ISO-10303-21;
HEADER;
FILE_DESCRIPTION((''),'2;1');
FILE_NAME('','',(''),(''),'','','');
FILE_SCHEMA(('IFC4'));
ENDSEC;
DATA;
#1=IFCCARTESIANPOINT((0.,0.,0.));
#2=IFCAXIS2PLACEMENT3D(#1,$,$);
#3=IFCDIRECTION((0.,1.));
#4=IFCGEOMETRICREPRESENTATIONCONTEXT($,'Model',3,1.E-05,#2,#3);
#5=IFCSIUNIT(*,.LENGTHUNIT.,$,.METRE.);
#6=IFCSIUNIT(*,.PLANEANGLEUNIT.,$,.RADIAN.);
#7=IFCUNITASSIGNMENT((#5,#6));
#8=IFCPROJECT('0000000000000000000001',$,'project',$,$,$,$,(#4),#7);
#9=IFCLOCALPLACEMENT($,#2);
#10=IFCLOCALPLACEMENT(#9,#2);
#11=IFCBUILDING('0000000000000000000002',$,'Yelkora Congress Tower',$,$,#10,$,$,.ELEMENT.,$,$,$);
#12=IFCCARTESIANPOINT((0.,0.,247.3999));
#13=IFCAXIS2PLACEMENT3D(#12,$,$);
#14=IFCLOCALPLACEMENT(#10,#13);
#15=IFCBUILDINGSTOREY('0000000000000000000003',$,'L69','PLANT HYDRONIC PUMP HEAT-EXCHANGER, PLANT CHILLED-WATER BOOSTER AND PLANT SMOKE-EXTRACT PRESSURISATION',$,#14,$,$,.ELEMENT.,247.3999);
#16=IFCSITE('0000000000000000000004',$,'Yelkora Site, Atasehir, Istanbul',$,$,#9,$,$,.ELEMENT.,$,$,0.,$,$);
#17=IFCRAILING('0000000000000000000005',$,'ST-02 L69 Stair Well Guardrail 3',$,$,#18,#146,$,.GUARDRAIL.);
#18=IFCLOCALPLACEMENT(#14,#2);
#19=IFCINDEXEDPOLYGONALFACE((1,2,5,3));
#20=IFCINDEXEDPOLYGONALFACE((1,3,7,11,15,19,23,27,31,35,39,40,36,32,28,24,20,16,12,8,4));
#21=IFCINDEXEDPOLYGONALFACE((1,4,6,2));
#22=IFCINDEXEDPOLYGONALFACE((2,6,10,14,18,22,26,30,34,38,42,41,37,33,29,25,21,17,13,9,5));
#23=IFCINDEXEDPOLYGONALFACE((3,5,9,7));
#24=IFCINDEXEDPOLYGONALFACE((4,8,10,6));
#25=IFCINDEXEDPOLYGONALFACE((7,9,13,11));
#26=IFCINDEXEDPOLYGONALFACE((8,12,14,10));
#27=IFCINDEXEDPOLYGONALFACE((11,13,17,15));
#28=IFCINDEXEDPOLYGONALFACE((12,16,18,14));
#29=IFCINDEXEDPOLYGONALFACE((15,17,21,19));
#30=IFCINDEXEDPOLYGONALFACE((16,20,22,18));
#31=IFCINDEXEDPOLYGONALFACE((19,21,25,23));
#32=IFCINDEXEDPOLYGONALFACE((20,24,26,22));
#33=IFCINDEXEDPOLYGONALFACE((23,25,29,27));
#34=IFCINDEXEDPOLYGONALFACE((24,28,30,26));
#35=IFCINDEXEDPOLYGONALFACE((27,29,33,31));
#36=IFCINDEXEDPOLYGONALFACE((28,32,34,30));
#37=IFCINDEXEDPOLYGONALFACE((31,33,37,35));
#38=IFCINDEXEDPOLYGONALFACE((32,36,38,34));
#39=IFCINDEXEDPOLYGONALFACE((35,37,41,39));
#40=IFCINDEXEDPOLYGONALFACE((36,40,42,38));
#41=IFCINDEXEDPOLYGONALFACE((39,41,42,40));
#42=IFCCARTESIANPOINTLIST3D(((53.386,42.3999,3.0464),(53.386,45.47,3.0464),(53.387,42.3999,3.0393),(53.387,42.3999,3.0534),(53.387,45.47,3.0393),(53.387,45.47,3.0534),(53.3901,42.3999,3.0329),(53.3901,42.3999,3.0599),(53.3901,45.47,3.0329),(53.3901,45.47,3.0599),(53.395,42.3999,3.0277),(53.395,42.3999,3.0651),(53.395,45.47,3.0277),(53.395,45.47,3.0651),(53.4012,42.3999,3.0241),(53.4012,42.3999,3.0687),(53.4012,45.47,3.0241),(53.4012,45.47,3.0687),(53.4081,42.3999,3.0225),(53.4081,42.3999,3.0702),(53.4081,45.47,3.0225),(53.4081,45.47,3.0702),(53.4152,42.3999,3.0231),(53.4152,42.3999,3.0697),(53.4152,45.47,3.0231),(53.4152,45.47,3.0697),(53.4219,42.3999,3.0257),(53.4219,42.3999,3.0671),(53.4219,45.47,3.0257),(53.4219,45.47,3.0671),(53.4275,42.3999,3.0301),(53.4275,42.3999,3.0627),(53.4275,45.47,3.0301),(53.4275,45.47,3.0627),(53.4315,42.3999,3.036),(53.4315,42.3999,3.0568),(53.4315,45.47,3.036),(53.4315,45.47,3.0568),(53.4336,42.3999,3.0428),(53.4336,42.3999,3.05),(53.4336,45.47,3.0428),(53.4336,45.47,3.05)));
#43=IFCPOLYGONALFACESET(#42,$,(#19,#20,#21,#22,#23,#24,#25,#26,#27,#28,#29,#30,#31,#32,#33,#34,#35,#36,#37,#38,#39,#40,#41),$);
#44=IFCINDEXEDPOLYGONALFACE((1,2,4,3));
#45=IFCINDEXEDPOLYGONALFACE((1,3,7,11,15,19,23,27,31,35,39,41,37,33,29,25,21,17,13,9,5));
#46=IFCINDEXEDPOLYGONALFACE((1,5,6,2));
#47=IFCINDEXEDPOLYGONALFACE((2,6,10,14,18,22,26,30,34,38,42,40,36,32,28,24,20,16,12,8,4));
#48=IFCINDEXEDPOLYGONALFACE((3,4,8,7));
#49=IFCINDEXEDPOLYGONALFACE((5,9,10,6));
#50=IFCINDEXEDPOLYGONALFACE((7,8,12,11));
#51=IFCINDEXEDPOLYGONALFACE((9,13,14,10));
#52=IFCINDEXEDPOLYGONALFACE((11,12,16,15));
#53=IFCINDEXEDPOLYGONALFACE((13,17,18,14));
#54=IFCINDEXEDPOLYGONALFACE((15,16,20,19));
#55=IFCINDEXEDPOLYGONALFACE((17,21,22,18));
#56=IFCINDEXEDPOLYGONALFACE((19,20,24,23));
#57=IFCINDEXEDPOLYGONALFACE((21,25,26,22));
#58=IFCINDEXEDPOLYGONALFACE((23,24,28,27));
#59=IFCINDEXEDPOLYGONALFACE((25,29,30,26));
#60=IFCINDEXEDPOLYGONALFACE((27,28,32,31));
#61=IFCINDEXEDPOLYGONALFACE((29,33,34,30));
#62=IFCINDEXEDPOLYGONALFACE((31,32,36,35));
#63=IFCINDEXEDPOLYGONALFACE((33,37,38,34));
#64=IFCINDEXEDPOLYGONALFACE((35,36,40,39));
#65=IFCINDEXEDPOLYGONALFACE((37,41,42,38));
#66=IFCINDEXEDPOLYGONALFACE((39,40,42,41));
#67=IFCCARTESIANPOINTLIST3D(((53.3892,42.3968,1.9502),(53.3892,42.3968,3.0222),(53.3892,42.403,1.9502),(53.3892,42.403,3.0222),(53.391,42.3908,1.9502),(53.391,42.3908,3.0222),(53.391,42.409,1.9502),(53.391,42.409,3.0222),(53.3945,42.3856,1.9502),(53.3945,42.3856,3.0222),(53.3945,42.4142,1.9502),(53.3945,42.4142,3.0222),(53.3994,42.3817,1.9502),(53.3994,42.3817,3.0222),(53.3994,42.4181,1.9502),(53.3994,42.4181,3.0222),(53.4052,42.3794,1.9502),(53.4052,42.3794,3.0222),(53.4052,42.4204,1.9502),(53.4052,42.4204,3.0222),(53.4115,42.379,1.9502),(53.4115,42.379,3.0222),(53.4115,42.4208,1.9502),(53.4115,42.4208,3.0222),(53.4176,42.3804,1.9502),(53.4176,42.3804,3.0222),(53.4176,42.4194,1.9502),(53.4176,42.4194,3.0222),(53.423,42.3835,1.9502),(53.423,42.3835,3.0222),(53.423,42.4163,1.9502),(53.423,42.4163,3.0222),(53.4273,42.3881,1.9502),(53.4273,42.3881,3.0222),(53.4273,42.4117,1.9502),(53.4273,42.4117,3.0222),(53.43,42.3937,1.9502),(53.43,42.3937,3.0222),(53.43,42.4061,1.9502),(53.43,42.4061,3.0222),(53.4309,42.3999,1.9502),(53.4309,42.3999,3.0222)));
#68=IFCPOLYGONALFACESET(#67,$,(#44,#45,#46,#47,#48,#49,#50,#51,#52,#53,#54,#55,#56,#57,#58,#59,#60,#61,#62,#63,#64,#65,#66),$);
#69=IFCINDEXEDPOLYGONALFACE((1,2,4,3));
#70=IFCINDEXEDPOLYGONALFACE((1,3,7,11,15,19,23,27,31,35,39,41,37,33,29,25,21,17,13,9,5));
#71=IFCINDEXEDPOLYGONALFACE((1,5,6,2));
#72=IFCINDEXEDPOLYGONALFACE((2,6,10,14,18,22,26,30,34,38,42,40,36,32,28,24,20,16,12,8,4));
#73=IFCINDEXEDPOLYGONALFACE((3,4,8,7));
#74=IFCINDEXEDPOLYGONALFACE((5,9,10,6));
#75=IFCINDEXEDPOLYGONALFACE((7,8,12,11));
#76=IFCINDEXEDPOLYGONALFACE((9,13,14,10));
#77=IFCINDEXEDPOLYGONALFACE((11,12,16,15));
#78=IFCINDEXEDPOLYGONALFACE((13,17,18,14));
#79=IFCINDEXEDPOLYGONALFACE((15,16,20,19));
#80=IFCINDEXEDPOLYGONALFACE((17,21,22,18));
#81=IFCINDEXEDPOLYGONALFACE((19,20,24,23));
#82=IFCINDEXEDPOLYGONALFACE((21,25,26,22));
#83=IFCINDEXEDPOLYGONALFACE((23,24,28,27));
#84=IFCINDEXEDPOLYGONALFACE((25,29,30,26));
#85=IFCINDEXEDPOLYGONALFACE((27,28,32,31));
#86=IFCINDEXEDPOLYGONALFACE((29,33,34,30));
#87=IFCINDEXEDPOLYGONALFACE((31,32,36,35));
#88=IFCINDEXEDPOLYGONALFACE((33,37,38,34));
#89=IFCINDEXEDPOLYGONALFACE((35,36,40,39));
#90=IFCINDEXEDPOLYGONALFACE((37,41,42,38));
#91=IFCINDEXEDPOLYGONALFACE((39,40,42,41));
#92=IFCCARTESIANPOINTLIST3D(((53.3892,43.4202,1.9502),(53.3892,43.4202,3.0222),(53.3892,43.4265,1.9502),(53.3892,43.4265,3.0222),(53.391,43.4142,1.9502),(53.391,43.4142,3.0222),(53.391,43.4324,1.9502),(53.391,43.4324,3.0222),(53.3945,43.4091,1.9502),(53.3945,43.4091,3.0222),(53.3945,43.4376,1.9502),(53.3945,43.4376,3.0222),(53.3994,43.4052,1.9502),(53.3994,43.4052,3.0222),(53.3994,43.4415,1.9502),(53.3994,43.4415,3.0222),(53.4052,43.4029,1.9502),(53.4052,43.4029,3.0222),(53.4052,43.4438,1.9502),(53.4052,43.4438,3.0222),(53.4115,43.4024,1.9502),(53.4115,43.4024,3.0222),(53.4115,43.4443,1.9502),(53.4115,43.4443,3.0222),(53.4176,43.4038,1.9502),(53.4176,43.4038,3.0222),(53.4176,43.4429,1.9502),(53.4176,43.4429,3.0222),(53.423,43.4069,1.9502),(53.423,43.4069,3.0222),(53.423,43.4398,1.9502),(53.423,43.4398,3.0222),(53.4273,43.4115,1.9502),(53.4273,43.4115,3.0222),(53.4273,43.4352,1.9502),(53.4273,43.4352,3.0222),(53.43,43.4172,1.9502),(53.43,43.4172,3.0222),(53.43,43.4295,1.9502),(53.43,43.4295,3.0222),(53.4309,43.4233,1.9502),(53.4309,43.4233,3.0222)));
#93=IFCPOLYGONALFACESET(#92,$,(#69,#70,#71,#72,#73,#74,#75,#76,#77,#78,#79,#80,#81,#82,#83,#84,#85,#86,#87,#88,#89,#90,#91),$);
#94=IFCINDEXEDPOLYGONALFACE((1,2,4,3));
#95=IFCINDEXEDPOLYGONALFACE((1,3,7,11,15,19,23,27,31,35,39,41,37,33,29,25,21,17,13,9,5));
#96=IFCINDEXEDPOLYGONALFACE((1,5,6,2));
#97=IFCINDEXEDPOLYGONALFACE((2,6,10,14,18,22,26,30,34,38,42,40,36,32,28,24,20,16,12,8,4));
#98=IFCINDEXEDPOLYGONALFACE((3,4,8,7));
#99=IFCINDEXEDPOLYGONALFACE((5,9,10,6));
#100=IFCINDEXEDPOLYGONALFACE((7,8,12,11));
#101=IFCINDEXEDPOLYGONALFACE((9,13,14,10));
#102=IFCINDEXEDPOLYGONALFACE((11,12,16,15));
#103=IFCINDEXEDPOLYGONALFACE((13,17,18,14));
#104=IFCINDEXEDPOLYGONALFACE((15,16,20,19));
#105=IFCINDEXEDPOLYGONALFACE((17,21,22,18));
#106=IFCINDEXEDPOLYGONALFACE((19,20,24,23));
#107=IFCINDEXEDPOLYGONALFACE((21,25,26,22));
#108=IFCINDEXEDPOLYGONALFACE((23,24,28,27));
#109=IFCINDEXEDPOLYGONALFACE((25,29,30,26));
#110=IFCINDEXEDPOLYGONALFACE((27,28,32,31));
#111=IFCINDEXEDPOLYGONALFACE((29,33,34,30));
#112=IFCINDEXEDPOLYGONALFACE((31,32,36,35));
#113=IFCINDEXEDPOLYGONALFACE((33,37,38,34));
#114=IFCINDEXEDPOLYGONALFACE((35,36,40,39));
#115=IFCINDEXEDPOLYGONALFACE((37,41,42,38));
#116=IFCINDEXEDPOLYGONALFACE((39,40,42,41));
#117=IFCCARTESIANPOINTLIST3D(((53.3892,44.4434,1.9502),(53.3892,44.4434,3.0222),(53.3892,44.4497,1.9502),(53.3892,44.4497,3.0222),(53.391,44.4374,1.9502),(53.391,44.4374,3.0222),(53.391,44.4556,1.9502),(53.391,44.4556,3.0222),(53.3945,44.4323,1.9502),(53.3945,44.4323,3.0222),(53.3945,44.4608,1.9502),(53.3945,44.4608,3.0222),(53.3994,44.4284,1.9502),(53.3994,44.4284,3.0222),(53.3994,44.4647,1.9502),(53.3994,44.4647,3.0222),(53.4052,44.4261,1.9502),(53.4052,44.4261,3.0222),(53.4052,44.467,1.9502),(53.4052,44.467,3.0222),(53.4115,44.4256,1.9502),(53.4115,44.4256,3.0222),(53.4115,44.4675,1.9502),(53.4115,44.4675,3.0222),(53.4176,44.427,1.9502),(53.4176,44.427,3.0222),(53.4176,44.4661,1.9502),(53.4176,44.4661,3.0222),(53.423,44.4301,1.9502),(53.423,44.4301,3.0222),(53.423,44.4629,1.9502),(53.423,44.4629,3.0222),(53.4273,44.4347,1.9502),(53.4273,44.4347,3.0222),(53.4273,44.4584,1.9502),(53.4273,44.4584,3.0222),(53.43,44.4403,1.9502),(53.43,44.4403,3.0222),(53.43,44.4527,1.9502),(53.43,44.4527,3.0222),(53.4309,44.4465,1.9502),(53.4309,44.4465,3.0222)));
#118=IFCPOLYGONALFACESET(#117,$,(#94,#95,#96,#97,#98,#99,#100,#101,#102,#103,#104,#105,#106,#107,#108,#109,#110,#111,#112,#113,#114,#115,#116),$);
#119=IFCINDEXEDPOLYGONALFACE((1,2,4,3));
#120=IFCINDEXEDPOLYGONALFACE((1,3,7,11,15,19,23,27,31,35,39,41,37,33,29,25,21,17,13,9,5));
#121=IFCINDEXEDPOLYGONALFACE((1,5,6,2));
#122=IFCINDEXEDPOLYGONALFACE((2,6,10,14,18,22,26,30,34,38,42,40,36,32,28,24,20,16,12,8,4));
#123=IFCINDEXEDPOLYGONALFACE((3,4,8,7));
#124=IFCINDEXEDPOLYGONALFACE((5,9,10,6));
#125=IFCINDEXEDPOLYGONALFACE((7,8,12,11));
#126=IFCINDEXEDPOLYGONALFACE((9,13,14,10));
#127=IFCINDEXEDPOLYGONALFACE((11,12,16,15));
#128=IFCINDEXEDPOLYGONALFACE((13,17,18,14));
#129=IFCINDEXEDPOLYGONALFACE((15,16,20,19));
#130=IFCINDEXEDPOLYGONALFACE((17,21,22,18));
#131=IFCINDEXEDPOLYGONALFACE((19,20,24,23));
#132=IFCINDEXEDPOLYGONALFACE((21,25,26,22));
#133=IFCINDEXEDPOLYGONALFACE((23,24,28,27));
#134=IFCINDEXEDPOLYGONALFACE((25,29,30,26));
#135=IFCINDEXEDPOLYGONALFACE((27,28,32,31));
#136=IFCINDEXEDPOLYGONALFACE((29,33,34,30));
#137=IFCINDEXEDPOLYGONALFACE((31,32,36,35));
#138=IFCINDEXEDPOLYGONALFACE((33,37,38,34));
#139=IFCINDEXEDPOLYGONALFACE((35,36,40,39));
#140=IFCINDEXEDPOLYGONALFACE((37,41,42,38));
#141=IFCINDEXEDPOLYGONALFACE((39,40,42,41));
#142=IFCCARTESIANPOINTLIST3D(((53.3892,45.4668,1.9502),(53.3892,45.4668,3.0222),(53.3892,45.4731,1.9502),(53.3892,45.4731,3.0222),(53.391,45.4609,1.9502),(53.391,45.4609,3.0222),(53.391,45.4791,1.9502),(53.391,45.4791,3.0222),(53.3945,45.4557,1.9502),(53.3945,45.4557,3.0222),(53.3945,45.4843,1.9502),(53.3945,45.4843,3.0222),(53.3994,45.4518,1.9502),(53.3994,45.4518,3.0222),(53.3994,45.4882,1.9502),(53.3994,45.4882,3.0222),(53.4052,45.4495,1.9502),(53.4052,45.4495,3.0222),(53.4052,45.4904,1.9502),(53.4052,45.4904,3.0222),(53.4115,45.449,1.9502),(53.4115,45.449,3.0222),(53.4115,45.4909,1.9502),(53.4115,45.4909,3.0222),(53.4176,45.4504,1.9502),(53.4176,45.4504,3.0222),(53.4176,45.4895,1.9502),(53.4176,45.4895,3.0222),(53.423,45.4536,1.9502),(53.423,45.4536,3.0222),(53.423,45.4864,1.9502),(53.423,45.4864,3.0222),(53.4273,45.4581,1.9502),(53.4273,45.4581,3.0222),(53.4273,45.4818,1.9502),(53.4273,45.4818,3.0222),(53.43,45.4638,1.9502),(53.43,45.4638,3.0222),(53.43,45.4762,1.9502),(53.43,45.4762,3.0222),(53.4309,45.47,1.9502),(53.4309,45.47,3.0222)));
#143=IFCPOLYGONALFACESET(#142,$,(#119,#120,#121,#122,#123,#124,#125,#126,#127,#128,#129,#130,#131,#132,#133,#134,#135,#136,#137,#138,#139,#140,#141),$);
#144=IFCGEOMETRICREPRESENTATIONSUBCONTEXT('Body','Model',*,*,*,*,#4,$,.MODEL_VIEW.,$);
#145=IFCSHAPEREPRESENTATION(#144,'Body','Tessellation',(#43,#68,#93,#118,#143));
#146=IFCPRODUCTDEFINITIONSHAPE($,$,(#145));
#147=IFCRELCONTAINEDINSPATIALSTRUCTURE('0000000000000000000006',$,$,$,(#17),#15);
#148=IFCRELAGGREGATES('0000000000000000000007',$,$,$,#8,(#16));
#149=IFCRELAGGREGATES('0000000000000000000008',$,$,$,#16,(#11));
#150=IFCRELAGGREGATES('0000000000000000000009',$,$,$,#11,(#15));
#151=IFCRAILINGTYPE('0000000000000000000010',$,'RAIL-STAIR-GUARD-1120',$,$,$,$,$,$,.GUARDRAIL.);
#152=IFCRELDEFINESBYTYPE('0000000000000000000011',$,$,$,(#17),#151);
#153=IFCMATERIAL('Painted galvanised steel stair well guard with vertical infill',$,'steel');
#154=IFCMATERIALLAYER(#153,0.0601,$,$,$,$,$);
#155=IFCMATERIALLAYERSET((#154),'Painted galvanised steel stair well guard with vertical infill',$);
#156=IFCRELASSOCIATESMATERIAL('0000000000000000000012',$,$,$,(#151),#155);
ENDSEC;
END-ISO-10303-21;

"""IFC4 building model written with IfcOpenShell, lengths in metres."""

from ifc_helpers import new_model, si_unit, direction, frame, origin, origin_2d, place, context, subcontext, project, spatial, circle, extrude, material, layer, layer_set, type_object, element, save


model = new_model("IFC4")

# Units and contexts
model_context = context("Model", 3, precision=1e-05, world=origin(), true_north=direction((0.0, 1.0)))
body_context = subcontext(model_context, "Body", "Model", "MODEL_VIEW")
ifc_project = project(units=[si_unit("LENGTHUNIT", "METRE"), si_unit("PLANEANGLEUNIT", "RADIAN")], contexts=[model_context])

# Site, building, storey
site_placement = place(None, origin())
site = spatial("IfcSite", under=ifc_project, at=site_placement, Name="Yelkora Site, Atasehir, Istanbul", CompositionType="ELEMENT", RefElevation=0.0)
building_placement = place(site_placement, origin())
building = spatial("IfcBuilding", under=site, at=building_placement, Name="Yelkora Congress Tower", CompositionType="ELEMENT")
storey_placement = place(building_placement, frame((0.0, 0.0, 247.3999)))
storey = spatial("IfcBuildingStorey", under=building, at=storey_placement, Name="L69", Description="PLANT HYDRONIC PUMP HEAT-EXCHANGER, PLANT CHILLED-WATER BOOSTER AND PLANT SMOKE-EXTRACT PRESSURISATION", CompositionType="ELEMENT", Elevation=247.3999)

# Railing
ifc_material_1 = material(Name="Painted galvanised steel stair well guard with vertical infill", Category="steel")
ifc_layer_1 = layer(ifc_material_1, 0.0601)
ifc_layer_set_1 = layer_set([ifc_layer_1], Name="Painted galvanised steel stair well guard with vertical infill")
railing_type_1 = type_object("IfcRailingType", Name="RAIL-STAIR-GUARD-1120", PredefinedType="GUARDRAIL", material=ifc_layer_set_1)
for number, where, name in (
    (1, (53.4099, 42.3999, 1.9502), "ST-02 L69 Stair Well Guardrail 3"),
):
    element("IfcRailing", number, at=place(storey_placement, frame(where)), inside=storey, type_object=railing_type_1, Name=name, PredefinedType="GUARDRAIL", context=body_context, shape_type="SweptSolid", body=[
        extrude(circle(Radius=0.0239, at=origin_2d()), frame((0.0, 0.0, 1.0962), z_axis=(0.0, 1.0, 0.0), x_axis=(-1.0, 0.0, 0.0)), (0.0, 0.0, 1.0), 3.0701),
        extrude(circle(Radius=0.021, at=origin_2d()), origin(), (0.0, 0.0, 1.0), 1.072),
        extrude(circle(Radius=0.021, at=origin_2d()), frame((0.0, 1.0234, 0.0)), (0.0, 0.0, 1.0), 1.072),
        extrude(circle(Radius=0.021, at=origin_2d()), frame((0.0, 2.0466, 0.0)), (0.0, 0.0, 1.0), 1.072),
        extrude(circle(Radius=0.021, at=origin_2d()), frame((0.0, 3.0701, 0.0)), (0.0, 0.0, 1.0), 1.072),
    ])

save(model, "model.ifc")
